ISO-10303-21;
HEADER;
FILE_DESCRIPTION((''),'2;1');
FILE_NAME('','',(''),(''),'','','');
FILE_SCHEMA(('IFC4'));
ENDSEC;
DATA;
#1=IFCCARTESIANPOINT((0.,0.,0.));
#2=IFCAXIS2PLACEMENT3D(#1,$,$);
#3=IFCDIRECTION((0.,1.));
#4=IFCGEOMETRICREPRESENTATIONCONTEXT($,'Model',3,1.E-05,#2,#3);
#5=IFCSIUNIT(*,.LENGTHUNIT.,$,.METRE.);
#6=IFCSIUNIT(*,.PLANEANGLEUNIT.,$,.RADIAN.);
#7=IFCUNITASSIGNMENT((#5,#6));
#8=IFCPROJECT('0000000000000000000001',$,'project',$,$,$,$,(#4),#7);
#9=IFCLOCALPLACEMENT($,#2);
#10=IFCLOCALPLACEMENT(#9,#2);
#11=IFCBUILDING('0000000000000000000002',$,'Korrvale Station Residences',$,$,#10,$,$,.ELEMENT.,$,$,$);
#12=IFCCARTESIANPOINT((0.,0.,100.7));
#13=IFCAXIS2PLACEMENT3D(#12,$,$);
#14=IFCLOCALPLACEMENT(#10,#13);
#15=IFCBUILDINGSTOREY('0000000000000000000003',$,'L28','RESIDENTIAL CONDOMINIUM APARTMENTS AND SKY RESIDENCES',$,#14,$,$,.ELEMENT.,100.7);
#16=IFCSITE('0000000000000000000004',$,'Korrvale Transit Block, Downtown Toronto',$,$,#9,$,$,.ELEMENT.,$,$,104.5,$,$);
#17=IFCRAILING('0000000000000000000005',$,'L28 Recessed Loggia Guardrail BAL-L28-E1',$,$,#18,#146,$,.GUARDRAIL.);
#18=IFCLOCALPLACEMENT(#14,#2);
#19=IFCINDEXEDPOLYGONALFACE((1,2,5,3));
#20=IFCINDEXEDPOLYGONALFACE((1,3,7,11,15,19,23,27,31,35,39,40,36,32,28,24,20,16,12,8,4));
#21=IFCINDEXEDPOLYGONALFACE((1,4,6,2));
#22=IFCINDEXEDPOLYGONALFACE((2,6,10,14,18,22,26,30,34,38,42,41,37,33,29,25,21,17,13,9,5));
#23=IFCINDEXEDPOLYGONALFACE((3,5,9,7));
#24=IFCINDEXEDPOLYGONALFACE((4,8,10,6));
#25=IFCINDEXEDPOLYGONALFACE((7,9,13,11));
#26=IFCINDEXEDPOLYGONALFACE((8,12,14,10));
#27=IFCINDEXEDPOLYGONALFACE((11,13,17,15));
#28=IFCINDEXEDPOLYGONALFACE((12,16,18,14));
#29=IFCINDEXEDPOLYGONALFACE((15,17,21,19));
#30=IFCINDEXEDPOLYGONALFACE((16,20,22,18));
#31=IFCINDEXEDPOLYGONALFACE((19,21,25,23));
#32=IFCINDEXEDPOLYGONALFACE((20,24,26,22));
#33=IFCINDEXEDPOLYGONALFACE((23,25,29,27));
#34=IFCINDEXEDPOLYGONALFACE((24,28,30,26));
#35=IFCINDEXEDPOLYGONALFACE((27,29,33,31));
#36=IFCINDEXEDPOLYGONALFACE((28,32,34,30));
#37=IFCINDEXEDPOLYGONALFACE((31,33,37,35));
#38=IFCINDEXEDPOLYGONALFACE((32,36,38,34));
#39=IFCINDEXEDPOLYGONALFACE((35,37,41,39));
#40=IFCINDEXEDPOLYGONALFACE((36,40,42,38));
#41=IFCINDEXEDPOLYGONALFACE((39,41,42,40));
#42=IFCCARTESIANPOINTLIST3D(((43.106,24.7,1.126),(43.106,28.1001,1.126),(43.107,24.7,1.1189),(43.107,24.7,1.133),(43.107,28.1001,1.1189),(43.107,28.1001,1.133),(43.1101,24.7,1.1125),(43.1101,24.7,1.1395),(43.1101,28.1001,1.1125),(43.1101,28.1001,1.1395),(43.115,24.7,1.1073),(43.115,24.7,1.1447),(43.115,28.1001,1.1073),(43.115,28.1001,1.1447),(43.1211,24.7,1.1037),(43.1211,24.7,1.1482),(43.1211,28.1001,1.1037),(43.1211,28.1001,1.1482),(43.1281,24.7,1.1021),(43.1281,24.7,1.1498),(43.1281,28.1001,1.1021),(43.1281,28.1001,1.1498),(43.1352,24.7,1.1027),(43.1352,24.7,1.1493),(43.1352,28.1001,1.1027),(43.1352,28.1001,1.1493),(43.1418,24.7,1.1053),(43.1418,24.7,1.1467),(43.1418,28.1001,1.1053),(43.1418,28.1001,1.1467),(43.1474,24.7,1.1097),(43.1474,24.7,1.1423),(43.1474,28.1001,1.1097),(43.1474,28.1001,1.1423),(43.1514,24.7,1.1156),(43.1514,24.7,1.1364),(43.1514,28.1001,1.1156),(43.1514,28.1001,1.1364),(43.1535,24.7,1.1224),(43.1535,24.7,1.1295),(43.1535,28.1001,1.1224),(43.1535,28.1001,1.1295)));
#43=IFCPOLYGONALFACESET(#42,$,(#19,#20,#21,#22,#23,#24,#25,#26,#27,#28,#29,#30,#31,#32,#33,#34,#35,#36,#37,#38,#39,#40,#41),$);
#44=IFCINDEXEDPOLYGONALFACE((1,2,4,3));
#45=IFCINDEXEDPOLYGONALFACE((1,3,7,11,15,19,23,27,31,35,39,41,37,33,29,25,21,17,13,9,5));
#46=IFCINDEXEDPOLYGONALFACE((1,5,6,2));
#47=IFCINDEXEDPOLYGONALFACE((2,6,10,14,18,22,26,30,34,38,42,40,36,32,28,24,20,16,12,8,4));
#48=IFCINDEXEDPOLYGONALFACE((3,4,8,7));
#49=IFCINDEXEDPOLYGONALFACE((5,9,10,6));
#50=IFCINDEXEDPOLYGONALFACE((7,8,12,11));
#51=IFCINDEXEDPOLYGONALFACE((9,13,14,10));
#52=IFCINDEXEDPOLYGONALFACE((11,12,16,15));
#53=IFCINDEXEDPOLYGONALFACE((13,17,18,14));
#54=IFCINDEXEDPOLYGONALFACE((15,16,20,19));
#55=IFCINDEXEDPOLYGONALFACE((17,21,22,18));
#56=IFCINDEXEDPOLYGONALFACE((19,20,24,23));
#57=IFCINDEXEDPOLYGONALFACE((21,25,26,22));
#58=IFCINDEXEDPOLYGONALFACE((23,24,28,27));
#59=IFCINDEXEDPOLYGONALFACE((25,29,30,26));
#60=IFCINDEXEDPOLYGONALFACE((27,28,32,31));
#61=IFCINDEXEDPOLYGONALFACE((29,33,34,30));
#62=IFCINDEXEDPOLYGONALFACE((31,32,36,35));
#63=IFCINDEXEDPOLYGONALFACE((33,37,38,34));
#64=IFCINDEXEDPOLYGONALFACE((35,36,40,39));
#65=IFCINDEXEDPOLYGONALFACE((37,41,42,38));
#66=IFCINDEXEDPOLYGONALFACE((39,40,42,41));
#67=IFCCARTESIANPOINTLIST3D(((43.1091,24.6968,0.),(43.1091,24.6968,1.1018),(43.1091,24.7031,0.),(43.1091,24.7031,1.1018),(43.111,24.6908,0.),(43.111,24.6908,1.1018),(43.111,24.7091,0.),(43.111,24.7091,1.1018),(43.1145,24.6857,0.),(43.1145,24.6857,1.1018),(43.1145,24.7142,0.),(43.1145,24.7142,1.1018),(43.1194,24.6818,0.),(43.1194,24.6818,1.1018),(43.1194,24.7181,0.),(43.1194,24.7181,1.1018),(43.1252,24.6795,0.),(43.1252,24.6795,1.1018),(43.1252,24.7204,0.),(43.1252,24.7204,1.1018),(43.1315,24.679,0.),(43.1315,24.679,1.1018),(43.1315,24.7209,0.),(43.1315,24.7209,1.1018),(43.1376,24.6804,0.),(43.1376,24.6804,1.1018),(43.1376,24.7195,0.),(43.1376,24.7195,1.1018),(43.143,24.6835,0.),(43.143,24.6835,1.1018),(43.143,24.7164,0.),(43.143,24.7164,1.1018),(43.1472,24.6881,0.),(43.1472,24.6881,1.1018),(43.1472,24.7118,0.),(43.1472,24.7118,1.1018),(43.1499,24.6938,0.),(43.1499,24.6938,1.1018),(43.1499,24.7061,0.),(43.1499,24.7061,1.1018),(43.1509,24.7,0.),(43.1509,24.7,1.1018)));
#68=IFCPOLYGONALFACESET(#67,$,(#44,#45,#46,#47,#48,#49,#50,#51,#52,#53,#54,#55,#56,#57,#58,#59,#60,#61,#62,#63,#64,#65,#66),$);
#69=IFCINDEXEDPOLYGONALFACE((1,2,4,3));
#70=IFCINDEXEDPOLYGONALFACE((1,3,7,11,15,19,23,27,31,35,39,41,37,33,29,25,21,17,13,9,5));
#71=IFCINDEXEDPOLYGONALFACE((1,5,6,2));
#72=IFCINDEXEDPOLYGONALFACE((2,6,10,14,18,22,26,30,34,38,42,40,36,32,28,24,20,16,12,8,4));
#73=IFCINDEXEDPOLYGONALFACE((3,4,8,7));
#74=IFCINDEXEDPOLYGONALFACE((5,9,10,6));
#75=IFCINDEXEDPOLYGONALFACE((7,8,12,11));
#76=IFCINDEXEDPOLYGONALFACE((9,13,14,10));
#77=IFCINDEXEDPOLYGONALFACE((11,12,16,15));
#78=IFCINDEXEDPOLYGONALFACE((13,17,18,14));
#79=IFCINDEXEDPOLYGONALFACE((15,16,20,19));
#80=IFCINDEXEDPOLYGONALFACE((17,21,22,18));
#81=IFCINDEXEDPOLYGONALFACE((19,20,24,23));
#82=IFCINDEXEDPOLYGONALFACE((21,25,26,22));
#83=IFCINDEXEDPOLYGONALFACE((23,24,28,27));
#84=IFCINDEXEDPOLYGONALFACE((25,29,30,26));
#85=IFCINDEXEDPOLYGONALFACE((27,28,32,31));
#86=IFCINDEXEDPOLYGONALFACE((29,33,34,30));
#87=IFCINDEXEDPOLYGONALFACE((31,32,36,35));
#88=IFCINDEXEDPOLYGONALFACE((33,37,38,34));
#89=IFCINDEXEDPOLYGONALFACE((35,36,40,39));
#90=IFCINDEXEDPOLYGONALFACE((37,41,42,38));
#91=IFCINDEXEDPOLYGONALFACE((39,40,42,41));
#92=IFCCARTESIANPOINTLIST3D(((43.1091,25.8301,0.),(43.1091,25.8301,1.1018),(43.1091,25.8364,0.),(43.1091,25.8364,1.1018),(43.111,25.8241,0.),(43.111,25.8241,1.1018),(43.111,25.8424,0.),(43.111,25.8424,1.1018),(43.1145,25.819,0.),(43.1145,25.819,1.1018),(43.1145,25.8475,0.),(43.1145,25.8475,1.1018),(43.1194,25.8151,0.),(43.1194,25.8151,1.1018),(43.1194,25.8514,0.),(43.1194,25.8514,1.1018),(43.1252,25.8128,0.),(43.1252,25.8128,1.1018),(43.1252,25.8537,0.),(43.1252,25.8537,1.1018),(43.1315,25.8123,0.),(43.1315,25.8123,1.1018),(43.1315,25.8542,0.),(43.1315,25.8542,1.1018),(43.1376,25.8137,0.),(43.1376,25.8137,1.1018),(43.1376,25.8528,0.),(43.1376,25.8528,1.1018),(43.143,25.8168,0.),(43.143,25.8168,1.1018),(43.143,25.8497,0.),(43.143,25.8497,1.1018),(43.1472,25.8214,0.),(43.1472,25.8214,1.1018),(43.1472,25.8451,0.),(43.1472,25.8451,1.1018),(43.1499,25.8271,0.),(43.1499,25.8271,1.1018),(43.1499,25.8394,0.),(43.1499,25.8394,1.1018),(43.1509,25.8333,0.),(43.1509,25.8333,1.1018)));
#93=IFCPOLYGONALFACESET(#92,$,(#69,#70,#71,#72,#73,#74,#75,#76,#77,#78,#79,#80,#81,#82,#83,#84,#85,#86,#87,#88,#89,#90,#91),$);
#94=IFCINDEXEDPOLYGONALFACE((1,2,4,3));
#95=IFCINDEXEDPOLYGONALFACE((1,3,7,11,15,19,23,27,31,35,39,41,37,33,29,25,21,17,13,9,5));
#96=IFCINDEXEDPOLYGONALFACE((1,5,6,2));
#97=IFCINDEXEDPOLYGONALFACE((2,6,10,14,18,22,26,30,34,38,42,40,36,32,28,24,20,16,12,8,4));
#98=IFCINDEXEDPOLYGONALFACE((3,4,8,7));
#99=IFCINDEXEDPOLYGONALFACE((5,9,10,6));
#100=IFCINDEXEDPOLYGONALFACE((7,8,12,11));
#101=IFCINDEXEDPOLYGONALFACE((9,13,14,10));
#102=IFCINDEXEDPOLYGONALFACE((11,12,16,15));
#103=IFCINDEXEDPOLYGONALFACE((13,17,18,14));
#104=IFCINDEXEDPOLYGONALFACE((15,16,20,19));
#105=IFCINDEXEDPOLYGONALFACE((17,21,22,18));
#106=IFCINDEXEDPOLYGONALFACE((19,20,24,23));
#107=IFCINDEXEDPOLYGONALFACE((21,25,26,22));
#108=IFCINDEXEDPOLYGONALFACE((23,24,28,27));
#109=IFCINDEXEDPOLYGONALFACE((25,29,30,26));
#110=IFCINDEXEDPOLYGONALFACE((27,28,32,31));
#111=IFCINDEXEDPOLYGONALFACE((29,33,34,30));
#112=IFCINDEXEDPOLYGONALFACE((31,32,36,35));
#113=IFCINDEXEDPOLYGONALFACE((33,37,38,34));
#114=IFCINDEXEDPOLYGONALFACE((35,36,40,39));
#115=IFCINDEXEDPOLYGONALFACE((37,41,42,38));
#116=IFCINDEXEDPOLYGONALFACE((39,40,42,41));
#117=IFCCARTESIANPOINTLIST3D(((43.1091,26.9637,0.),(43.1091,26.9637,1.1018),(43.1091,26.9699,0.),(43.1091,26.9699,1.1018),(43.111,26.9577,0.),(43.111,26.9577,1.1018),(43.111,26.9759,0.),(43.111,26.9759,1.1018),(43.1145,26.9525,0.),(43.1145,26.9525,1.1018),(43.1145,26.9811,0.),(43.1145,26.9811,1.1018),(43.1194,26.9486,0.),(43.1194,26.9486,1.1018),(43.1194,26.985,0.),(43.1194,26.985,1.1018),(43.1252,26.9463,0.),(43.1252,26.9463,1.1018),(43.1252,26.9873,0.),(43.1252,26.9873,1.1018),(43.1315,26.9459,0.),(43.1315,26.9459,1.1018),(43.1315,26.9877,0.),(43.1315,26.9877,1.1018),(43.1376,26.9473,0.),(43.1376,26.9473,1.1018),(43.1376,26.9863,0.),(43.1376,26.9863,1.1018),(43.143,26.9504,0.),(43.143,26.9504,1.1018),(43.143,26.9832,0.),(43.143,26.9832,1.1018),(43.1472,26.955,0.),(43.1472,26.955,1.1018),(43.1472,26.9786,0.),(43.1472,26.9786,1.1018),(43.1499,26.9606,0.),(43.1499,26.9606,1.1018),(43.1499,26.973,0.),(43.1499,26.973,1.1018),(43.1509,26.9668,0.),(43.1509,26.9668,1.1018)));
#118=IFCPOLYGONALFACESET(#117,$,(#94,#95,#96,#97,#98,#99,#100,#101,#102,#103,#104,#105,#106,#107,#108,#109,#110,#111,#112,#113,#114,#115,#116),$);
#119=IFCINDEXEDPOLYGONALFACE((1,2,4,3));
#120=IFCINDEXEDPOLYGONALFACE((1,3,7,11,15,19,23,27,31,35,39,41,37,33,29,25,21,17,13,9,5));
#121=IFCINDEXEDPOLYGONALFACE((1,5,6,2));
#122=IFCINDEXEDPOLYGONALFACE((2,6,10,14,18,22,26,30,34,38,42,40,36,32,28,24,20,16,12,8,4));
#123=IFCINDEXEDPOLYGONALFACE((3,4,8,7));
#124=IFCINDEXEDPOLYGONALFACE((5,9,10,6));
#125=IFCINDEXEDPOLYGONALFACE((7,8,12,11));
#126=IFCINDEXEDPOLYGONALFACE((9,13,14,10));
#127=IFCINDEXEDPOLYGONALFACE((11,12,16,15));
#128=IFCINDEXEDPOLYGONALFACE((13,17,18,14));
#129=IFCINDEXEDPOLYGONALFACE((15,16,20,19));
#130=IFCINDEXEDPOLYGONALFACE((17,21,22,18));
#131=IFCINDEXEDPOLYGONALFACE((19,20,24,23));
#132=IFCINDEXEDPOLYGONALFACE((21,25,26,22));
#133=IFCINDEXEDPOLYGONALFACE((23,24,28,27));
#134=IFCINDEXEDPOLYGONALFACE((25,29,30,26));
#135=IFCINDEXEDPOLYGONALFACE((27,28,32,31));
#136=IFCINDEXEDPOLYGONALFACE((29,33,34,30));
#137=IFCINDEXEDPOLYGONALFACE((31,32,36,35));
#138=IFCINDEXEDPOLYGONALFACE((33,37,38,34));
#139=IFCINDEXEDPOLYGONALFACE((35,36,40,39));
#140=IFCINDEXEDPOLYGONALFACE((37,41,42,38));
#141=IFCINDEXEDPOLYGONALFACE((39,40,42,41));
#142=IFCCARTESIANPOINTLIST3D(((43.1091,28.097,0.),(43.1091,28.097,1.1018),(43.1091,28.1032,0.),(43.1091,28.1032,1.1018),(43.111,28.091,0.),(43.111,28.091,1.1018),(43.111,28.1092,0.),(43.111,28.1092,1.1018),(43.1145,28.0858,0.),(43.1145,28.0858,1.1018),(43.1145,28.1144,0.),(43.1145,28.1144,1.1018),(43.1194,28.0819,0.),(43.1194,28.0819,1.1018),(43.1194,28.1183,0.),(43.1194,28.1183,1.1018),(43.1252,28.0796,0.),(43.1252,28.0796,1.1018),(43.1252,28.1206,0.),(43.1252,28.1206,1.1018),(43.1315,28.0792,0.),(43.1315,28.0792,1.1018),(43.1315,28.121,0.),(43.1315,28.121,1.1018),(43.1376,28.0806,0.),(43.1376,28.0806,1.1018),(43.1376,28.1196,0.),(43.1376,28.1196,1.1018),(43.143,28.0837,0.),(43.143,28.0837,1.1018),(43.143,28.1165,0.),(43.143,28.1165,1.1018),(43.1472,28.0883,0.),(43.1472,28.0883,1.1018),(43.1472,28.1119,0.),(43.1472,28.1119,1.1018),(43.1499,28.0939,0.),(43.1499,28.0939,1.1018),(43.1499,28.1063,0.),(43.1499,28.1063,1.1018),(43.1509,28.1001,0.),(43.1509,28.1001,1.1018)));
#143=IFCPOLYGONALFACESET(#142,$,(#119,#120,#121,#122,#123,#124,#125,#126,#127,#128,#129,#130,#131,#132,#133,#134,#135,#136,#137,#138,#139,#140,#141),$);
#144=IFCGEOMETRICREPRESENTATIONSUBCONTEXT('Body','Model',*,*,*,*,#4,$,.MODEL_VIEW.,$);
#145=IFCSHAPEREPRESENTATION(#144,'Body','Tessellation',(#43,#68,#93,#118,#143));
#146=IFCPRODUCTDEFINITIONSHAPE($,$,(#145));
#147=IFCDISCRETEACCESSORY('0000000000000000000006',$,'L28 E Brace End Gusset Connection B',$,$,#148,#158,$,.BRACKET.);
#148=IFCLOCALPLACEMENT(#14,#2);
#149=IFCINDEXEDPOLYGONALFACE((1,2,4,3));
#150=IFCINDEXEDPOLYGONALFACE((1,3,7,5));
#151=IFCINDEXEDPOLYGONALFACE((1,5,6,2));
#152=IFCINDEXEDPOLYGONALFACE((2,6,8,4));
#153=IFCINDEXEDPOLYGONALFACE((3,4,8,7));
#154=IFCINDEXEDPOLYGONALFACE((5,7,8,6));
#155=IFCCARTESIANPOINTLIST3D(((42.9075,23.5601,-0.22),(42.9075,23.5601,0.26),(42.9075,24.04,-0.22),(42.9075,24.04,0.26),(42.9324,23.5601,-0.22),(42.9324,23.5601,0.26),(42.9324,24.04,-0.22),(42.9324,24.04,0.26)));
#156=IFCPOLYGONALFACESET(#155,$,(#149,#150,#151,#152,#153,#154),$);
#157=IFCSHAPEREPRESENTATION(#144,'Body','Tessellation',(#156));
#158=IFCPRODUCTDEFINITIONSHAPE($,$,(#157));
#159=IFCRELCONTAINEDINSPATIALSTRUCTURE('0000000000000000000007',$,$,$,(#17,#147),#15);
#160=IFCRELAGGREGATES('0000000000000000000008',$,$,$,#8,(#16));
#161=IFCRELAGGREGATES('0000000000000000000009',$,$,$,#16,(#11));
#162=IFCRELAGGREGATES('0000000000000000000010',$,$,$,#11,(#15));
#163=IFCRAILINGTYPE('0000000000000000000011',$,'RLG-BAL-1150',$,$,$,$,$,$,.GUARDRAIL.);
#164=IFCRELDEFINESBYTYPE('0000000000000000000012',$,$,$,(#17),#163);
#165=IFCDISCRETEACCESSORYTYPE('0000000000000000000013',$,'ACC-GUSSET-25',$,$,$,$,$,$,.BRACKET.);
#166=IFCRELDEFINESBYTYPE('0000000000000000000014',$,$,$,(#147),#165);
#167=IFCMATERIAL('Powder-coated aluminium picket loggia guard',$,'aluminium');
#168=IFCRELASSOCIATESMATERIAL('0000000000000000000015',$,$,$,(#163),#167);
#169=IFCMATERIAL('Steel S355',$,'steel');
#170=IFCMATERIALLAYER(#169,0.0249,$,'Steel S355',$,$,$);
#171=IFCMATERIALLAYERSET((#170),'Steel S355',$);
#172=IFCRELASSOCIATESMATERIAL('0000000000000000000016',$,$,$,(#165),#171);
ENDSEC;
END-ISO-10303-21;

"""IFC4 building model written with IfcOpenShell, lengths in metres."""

from ifc_helpers import new_model, si_unit, direction, frame, origin, origin_2d, place, context, subcontext, project, spatial, rectangle, circle, extrude, material, layer, layer_set, type_object, element, save


model = new_model("IFC4")

# Units and contexts
model_context = context("Model", 3, precision=1e-05, world=origin(), true_north=direction((0.0, 1.0)))
body_context = subcontext(model_context, "Body", "Model", "MODEL_VIEW")
ifc_project = project(units=[si_unit("LENGTHUNIT", "METRE"), si_unit("PLANEANGLEUNIT", "RADIAN")], contexts=[model_context])

# Site, building, storey
site_placement = place(None, origin())
site = spatial("IfcSite", under=ifc_project, at=site_placement, Name="Korrvale Transit Block, Downtown Toronto", CompositionType="ELEMENT", RefElevation=104.5)
building_placement = place(site_placement, origin())
building = spatial("IfcBuilding", under=site, at=building_placement, Name="Korrvale Station Residences", CompositionType="ELEMENT")
storey_placement = place(building_placement, frame((0.0, 0.0, 100.7)))
storey = spatial("IfcBuildingStorey", under=building, at=storey_placement, Name="L28", Description="RESIDENTIAL CONDOMINIUM APARTMENTS AND SKY RESIDENCES", CompositionType="ELEMENT", Elevation=100.7)

# Shared definitions
ifc_material_1 = material(Name="Steel S355", Category="steel")

# Railing
ifc_material_2 = material(Name="Powder-coated aluminium picket loggia guard", Category="aluminium")
railing_type = type_object("IfcRailingType", Name="RLG-BAL-1150", PredefinedType="GUARDRAIL", material=ifc_material_2)
railing_placement = place(storey_placement, frame((43.1299, 24.7, 0.0)))
element("IfcRailing", 1, at=railing_placement, inside=storey, type_object=railing_type, Name="L28 Recessed Loggia Guardrail BAL-L28-E1", PredefinedType="GUARDRAIL", context=body_context, shape_type="SweptSolid", body=[
    extrude(circle(Radius=0.0239, at=origin_2d()), frame((0.0, 0.0, 1.126), z_axis=(0.0, 1.0, 0.0), x_axis=(-1.0, 0.0, 0.0)), (0.0, 0.0, 1.0), 3.4001),
    extrude(circle(Radius=0.021, at=origin_2d()), origin(), (0.0, 0.0, 1.0), 1.1018),
    extrude(circle(Radius=0.021, at=origin_2d()), frame((0.0, 1.1333, 0.0)), (0.0, 0.0, 1.0), 1.1018),
    extrude(circle(Radius=0.021, at=origin_2d()), frame((0.0, 2.2668, 0.0)), (0.0, 0.0, 1.0), 1.1018),
    extrude(circle(Radius=0.021, at=origin_2d()), frame((0.0, 3.4001, 0.0)), (0.0, 0.0, 1.0), 1.1018),
])

# Discrete accessory
ifc_layer_1 = layer(ifc_material_1, 0.0249, Name="Steel S355")
ifc_layer_set_1 = layer_set([ifc_layer_1], Name="Steel S355")
discrete_accessory_type = type_object("IfcDiscreteAccessoryType", Name="ACC-GUSSET-25", PredefinedType="BRACKET", material=ifc_layer_set_1)
discrete_accessory_placement = place(storey_placement, frame((42.9199, 23.8, -0.22), z_axis=(0.0, 0.0, 1.0), x_axis=(0.0, 1.0, 0.0)))
element("IfcDiscreteAccessory", 2, at=discrete_accessory_placement, inside=storey, type_object=discrete_accessory_type, Name="L28 E Brace End Gusset Connection B", PredefinedType="BRACKET", context=body_context, shape_type="SweptSolid", body=[
    extrude(rectangle(XDim=0.48, YDim=0.0249, at=origin_2d()), origin(), (0.0, 0.0, 1.0), 0.48),
])

save(model, "model.ifc")
